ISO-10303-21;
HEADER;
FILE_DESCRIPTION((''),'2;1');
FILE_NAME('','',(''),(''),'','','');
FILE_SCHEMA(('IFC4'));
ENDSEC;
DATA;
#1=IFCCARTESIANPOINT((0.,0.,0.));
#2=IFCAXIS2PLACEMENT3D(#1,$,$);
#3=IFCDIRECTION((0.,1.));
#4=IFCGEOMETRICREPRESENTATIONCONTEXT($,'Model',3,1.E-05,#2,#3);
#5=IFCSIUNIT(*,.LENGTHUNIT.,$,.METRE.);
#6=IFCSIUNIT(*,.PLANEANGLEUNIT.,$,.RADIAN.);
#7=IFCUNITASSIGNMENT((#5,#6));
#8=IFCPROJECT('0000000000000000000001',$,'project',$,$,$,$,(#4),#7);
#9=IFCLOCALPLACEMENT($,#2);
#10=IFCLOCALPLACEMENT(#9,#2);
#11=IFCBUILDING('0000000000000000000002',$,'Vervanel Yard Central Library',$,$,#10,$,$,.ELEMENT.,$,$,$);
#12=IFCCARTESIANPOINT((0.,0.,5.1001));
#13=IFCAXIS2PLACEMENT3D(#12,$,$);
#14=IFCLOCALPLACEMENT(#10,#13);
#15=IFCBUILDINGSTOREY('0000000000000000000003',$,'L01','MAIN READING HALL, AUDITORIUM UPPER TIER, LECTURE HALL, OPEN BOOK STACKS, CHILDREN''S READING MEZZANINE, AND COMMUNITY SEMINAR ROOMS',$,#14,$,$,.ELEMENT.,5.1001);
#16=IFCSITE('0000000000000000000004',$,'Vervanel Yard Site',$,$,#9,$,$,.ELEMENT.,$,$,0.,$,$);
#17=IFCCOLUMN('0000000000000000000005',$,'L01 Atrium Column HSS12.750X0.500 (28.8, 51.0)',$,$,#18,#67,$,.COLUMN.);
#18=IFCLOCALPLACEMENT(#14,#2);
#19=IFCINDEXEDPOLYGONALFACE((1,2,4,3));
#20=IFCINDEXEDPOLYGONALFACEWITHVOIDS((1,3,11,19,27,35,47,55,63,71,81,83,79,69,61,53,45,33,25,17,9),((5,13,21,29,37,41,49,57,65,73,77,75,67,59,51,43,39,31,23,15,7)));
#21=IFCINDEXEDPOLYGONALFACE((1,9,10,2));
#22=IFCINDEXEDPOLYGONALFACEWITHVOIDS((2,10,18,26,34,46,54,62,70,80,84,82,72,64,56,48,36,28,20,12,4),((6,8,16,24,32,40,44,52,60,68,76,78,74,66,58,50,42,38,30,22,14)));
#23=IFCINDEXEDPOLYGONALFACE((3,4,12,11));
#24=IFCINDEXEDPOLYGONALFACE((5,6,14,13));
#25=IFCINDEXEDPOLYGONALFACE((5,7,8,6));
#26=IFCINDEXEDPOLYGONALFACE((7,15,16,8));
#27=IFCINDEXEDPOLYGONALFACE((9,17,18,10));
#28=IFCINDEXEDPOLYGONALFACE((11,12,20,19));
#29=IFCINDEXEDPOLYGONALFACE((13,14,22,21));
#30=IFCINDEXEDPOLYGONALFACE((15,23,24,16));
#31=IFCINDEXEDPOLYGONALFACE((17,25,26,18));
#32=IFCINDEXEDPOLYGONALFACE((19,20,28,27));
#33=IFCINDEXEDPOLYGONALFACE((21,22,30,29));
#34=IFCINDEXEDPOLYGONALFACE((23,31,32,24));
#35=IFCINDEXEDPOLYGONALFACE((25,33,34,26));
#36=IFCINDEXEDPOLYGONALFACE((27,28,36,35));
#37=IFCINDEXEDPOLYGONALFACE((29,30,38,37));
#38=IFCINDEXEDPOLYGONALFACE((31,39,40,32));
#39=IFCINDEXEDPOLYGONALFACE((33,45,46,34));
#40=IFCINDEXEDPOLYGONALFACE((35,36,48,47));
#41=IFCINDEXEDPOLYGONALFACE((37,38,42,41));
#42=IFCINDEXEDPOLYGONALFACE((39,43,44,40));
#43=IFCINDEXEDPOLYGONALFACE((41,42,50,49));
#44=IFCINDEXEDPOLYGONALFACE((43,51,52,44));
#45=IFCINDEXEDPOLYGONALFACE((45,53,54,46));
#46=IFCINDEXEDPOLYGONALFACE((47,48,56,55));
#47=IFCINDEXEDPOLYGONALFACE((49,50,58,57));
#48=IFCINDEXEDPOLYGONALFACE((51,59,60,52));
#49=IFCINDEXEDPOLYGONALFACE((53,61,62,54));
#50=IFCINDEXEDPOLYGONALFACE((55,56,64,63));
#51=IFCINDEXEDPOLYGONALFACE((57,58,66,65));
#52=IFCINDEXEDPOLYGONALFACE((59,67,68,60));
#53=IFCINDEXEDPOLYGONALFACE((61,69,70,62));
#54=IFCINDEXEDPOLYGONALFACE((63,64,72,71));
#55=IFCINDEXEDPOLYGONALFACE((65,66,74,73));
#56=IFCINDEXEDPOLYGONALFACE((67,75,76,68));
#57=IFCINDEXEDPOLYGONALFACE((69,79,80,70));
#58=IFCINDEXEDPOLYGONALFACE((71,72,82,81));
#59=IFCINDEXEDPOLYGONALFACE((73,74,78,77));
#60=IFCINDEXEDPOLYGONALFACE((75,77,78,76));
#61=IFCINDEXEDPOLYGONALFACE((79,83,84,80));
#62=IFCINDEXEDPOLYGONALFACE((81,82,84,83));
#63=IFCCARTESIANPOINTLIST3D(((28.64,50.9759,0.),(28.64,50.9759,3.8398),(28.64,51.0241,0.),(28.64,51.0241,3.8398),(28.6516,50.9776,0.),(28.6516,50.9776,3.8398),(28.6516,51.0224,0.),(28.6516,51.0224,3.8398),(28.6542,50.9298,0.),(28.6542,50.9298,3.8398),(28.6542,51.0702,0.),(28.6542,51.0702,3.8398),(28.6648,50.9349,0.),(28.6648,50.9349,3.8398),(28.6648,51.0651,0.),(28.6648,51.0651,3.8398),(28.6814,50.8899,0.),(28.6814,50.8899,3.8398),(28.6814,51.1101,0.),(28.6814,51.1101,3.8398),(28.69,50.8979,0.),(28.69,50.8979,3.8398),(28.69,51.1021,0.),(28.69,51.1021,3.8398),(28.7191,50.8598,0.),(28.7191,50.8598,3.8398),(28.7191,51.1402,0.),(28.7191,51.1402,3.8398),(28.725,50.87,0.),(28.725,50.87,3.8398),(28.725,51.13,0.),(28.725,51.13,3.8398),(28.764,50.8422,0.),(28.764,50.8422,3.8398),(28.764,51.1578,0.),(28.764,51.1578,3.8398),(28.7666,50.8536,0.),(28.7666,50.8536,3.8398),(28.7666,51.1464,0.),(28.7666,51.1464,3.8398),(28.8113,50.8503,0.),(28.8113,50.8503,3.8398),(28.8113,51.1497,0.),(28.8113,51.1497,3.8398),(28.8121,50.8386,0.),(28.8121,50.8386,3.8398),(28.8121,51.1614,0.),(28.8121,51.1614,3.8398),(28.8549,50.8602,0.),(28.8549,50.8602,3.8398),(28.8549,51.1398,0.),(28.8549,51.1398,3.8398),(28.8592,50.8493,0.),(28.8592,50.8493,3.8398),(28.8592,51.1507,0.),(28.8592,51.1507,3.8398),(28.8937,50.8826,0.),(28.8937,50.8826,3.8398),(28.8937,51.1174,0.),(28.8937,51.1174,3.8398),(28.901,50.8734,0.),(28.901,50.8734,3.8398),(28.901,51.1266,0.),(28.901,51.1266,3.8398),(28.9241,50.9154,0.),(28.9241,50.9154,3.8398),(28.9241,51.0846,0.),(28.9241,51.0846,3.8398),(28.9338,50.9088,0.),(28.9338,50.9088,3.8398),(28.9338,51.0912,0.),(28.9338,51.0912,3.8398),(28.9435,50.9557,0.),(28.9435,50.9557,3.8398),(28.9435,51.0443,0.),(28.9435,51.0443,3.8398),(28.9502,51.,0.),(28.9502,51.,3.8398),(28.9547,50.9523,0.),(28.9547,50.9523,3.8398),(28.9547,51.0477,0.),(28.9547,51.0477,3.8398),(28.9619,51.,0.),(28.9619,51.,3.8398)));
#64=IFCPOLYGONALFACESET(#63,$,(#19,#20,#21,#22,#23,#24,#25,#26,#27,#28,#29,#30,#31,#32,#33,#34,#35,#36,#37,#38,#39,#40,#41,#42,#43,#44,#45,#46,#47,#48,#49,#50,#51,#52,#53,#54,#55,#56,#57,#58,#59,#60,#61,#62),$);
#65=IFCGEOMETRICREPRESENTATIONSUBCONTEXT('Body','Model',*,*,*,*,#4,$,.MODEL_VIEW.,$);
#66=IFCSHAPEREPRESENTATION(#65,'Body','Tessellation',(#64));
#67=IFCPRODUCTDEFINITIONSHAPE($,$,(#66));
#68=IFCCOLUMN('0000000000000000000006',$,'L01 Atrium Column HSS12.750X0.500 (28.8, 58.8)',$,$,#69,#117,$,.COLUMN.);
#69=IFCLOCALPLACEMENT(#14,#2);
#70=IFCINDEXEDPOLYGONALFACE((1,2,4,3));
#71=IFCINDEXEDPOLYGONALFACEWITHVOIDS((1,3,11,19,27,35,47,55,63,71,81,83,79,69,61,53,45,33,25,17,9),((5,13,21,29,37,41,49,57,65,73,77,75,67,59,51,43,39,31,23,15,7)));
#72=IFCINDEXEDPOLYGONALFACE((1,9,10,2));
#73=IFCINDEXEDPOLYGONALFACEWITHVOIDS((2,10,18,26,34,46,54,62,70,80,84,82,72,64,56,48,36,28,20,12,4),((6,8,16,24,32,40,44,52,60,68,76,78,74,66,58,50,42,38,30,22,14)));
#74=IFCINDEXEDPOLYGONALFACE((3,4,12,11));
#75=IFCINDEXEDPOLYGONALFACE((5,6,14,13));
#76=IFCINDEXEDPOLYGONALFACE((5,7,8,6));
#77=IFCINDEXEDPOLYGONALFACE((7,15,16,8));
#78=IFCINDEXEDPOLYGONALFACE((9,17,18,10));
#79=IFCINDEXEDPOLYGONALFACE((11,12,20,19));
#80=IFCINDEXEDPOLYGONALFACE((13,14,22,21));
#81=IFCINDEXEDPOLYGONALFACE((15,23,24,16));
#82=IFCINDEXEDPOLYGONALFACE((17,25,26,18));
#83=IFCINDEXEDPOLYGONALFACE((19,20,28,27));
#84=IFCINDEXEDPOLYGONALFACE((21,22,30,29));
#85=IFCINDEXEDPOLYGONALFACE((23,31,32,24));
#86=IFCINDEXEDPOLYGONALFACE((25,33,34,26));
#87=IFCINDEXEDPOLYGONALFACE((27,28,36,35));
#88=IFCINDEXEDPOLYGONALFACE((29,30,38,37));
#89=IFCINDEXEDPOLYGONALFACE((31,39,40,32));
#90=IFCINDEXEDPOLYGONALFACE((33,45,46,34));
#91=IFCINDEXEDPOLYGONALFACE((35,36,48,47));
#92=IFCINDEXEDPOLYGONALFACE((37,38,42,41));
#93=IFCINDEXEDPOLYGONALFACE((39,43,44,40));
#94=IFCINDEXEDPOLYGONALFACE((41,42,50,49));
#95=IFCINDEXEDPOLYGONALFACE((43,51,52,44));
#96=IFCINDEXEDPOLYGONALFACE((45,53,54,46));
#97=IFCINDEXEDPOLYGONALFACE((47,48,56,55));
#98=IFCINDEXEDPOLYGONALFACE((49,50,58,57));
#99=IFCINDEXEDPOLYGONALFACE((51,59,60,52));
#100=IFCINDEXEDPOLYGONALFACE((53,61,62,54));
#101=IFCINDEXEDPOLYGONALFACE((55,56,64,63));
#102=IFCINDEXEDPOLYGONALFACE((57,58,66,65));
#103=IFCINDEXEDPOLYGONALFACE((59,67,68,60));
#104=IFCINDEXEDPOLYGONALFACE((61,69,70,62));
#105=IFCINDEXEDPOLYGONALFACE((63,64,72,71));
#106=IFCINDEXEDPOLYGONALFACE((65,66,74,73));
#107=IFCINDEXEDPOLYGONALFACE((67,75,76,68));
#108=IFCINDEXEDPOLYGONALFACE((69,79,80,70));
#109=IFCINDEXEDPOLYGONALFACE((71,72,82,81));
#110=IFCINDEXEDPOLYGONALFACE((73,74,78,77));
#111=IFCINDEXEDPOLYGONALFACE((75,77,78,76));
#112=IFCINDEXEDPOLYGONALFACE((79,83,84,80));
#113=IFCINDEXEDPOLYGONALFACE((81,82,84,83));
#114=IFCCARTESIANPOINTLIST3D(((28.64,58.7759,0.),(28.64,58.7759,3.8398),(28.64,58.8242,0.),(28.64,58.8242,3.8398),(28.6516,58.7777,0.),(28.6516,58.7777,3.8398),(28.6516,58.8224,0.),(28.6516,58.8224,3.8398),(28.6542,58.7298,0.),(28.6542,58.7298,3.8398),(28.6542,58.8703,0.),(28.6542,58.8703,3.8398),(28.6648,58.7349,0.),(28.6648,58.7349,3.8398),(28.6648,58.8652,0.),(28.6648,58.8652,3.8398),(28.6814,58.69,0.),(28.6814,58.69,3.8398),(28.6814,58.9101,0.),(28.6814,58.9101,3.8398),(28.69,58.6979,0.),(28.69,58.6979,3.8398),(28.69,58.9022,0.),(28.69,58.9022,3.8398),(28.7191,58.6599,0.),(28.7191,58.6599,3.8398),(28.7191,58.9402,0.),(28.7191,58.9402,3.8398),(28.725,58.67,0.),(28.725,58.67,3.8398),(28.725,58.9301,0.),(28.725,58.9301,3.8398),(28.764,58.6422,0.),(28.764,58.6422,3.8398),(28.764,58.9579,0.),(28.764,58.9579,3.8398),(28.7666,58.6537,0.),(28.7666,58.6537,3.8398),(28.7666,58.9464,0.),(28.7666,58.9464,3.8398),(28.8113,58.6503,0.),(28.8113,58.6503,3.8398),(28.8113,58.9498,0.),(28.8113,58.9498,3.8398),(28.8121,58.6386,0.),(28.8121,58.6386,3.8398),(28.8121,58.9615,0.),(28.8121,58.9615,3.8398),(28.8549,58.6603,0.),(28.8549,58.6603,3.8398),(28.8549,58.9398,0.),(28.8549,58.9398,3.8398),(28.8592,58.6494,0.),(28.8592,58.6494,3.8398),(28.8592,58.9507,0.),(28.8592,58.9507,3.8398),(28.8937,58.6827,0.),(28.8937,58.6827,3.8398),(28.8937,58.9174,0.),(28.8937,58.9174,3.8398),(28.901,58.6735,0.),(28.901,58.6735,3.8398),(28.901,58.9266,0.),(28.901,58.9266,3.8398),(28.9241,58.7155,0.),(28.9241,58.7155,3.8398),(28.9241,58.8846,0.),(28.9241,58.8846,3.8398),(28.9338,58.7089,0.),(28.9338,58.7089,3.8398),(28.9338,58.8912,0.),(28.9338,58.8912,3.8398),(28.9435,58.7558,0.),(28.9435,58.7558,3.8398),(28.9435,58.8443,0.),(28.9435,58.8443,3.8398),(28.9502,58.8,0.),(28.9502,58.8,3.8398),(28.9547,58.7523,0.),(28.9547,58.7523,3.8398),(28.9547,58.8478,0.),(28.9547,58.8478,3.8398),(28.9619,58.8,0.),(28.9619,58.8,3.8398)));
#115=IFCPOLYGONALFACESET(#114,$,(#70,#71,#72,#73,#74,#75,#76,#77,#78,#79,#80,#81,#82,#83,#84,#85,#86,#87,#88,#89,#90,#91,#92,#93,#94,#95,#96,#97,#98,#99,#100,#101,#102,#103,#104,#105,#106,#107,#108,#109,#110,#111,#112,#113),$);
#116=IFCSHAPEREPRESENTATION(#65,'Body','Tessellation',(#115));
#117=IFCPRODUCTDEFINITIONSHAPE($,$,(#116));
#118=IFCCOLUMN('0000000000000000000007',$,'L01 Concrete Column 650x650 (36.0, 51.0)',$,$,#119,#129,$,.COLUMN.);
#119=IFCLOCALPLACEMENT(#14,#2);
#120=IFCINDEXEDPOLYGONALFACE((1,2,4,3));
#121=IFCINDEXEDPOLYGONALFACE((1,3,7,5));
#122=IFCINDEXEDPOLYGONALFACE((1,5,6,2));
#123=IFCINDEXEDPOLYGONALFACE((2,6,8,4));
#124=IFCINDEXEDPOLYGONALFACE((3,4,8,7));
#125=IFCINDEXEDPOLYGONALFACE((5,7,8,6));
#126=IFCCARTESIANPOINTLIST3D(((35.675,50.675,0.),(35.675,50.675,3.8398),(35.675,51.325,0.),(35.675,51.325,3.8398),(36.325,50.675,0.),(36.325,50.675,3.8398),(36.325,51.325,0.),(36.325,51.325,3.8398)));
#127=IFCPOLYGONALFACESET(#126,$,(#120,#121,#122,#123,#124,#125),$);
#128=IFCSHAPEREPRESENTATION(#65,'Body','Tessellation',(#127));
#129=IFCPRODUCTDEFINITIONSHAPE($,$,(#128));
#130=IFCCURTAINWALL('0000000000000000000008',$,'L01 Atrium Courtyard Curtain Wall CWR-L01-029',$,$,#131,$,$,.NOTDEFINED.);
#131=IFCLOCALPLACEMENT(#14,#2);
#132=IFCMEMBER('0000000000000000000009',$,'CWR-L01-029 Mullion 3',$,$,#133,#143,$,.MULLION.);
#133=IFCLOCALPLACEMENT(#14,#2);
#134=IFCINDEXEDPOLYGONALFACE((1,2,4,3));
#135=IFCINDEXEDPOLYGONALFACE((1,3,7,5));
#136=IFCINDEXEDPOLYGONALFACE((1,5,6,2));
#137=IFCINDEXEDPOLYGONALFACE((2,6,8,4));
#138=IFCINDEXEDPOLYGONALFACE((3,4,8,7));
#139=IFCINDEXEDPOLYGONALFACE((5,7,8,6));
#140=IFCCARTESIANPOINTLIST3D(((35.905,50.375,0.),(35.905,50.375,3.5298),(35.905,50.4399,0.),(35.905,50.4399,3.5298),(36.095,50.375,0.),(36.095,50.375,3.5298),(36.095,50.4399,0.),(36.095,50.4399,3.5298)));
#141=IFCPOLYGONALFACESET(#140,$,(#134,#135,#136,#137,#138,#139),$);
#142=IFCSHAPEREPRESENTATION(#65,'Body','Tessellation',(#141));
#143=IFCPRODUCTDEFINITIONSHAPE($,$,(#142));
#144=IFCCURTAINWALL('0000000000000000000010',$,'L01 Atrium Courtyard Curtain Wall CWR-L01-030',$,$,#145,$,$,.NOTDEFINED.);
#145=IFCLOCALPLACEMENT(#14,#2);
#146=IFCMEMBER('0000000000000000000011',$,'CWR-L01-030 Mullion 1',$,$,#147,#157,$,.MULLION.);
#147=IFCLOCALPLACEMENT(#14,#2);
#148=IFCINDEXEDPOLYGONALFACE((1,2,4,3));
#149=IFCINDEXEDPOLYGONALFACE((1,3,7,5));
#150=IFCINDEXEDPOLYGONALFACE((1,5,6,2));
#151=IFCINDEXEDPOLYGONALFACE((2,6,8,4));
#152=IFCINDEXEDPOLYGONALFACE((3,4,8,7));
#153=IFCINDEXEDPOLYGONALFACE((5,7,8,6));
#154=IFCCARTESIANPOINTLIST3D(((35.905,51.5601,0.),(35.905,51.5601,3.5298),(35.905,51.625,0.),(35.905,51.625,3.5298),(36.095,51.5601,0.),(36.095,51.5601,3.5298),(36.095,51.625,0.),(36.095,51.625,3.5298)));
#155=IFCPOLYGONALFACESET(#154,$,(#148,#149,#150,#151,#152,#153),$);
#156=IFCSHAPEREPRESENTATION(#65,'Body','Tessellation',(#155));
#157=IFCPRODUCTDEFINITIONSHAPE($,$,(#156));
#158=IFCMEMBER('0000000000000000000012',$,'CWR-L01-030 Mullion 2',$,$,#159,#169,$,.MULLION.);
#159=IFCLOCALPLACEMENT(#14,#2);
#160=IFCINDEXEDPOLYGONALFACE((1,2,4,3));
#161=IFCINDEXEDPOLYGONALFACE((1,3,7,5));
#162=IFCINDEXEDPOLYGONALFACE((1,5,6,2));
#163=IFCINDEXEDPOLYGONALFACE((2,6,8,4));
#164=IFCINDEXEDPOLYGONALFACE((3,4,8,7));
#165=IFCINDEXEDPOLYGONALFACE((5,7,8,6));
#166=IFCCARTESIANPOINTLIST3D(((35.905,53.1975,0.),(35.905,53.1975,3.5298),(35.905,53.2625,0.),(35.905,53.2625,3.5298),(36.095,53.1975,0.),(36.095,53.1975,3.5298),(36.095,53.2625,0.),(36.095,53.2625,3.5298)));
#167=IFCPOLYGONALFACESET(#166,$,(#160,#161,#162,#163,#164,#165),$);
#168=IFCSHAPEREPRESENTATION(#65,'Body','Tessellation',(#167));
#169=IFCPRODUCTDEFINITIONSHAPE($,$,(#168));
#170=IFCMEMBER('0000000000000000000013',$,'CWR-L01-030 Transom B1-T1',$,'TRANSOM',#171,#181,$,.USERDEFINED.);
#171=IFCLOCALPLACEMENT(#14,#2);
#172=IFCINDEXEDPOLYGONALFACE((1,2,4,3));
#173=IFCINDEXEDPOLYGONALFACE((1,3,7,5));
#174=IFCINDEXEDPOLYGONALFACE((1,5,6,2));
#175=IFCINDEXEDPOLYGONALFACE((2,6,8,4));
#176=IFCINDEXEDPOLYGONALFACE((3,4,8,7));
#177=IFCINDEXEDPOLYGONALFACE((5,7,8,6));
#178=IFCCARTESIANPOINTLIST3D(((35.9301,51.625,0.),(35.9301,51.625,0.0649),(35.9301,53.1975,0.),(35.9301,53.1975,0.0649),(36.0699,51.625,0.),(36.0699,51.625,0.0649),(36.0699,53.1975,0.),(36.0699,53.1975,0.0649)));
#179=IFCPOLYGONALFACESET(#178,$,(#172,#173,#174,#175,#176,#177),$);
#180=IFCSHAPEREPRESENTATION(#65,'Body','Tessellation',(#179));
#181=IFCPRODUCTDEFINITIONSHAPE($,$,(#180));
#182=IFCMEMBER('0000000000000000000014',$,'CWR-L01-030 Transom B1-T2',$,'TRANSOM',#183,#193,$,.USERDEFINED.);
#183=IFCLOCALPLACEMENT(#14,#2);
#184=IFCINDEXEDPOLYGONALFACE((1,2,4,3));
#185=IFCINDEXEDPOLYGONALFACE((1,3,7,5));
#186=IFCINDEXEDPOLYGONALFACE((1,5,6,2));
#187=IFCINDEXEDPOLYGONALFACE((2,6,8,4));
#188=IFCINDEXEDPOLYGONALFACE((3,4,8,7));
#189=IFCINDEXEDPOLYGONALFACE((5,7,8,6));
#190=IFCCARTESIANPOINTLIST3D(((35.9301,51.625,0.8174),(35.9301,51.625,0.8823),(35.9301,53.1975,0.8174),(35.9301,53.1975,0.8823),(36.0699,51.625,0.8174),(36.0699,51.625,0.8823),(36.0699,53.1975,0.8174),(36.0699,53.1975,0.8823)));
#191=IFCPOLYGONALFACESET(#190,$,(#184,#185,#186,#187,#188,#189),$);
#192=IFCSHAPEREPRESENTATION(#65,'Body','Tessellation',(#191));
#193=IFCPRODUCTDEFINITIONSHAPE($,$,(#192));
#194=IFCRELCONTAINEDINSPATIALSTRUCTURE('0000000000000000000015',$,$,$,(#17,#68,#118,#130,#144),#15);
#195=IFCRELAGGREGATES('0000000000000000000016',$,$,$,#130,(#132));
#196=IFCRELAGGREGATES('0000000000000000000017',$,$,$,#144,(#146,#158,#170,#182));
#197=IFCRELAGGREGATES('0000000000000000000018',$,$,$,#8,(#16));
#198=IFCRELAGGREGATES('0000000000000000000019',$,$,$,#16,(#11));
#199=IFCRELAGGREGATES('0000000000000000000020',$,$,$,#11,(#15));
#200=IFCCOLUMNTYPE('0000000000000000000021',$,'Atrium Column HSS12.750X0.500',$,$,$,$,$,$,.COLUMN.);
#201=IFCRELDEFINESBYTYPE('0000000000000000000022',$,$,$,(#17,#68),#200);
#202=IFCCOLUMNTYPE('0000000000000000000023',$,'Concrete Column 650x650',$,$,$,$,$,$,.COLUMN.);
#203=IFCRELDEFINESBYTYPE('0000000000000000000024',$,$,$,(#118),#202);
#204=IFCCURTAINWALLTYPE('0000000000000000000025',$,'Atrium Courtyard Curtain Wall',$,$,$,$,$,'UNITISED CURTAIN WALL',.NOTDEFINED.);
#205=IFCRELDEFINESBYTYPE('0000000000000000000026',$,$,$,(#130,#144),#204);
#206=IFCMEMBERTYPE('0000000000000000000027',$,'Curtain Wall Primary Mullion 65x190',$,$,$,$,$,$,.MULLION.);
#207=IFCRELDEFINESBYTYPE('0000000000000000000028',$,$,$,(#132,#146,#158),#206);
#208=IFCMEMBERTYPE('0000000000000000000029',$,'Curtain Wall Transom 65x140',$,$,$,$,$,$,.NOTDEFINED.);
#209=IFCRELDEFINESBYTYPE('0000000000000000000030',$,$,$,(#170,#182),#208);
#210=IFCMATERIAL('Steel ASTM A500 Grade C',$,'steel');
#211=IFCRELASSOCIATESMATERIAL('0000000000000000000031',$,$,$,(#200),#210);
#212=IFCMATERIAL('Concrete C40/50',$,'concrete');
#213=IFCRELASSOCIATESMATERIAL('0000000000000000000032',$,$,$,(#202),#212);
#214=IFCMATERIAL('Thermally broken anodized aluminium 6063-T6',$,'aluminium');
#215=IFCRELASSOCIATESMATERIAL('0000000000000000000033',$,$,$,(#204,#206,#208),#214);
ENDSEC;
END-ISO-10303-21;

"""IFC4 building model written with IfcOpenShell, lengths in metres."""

from ifc_helpers import new_model, si_unit, direction, frame, origin, origin_2d, place, context, subcontext, project, spatial, rectangle, hollow_circle, extrude, material, material_profile, profile_set, type_object, element, aggregate, save


model = new_model("IFC4")

# Units and contexts
model_context = context("Model", 3, precision=1e-05, world=origin(), true_north=direction((0.0, 1.0)))
body_context = subcontext(model_context, "Body", "Model", "MODEL_VIEW")
ifc_project = project(units=[si_unit("LENGTHUNIT", "METRE"), si_unit("PLANEANGLEUNIT", "RADIAN")], contexts=[model_context])

# Site, building, storey
site_placement = place(None, origin())
site = spatial("IfcSite", under=ifc_project, at=site_placement, Name="Vervanel Yard Site", CompositionType="ELEMENT", RefElevation=0.0)
building_placement = place(site_placement, origin())
building = spatial("IfcBuilding", under=site, at=building_placement, Name="Vervanel Yard Central Library", CompositionType="ELEMENT")
storey_placement = place(building_placement, frame((0.0, 0.0, 5.1001)))
storey = spatial("IfcBuildingStorey", under=building, at=storey_placement, Name="L01", Description="MAIN READING HALL, AUDITORIUM UPPER TIER, LECTURE HALL, OPEN BOOK STACKS, CHILDREN'S READING MEZZANINE, AND COMMUNITY SEMINAR ROOMS", CompositionType="ELEMENT", Elevation=5.1001)

# Columns
ifc_material_1 = material(Name="Steel ASTM A500 Grade C", Category="steel")
ifc_material_profile_1 = material_profile(ifc_material_1, hollow_circle(Radius=0.1619, WallThickness=0.0117, at=origin_2d()), Name="HSS12.750X0.500", Category="steel")
ifc_profile_set_1 = profile_set([ifc_material_profile_1], Name="Steel ASTM A500 Grade C")
column_type_1 = type_object("IfcColumnType", Name="Atrium Column HSS12.750X0.500", PredefinedType="COLUMN", material=ifc_profile_set_1)
for number, where, z_axis, x_axis, name in (
    (1, (28.8, 51.0, 0.0), (0.0, 0.0, 1.0), (1.0, 0.0, 0.0), "L01 Atrium Column HSS12.750X0.500 (28.8, 51.0)"),
    (2, (28.8, 58.8, 0.0), (0.0, 0.0, 1.0), (1.0, 0.0, 0.0), "L01 Atrium Column HSS12.750X0.500 (28.8, 58.8)"),
):
    element("IfcColumn", number, at=place(storey_placement, frame(where, z_axis=z_axis, x_axis=x_axis)), inside=storey, type_object=column_type_1, Name=name, PredefinedType="COLUMN", context=body_context, shape_type="SweptSolid", body=[
        extrude(hollow_circle(Radius=0.1619, WallThickness=0.0117, at=origin_2d()), origin(), (0.0, 0.0, 1.0), 3.8398),
    ])
ifc_material_2 = material(Name="Concrete C40/50", Category="concrete")
ifc_material_profile_2 = material_profile(ifc_material_2, rectangle(XDim=0.6499, YDim=0.6499, at=origin_2d()), Name="RC 650x650", Category="concrete")
ifc_profile_set_2 = profile_set([ifc_material_profile_2], Name="Concrete C40/50")
column_type_2 = type_object("IfcColumnType", Name="Concrete Column 650x650", PredefinedType="COLUMN", material=ifc_profile_set_2)
column_placement = place(storey_placement, frame((36.0, 51.0, 0.0), z_axis=(0.0, 0.0, 1.0), x_axis=(1.0, 0.0, 0.0)))
element("IfcColumn", 3, at=column_placement, inside=storey, type_object=column_type_2, Name="L01 Concrete Column 650x650 (36.0, 51.0)", PredefinedType="COLUMN", context=body_context, shape_type="SweptSolid", body=[
    extrude(rectangle(XDim=0.6499, YDim=0.6499, at=origin_2d()), origin(), (0.0, 0.0, 1.0), 3.8398),
])

# Curtain wall, member
ifc_material_3 = material(Name="Thermally broken anodized aluminium 6063-T6", Category="aluminium")
curtain_wall_type = type_object("IfcCurtainWallType", Name="Atrium Courtyard Curtain Wall", ElementType="UNITISED CURTAIN WALL", PredefinedType="NOTDEFINED", material=ifc_material_3)
curtain_wall_1_placement = place(storey_placement, origin())
curtain_wall_1 = element("IfcCurtainWall", 4, at=curtain_wall_1_placement, inside=storey, type_object=curtain_wall_type, Name="L01 Atrium Courtyard Curtain Wall CWR-L01-029", PredefinedType="NOTDEFINED")
ifc_material_profile_3 = material_profile(ifc_material_3, rectangle(XDim=0.0649, YDim=0.1899, at=origin_2d()), Name="ALU 65x190", Category="aluminium")
ifc_profile_set_3 = profile_set([ifc_material_profile_3], Name="Thermally broken anodized aluminium 6063-T6")
member_type_1 = type_object("IfcMemberType", Name="Curtain Wall Primary Mullion 65x190", PredefinedType="MULLION", material=ifc_profile_set_3)
member_1_placement = place(storey_placement, frame((36.0, 50.4075, 0.0), z_axis=(0.0, 0.0, 1.0), x_axis=(0.0, 1.0, 0.0)))
member_1 = element("IfcMember", 5, at=member_1_placement, type_object=member_type_1, Name="CWR-L01-029 Mullion 3", PredefinedType="MULLION", context=body_context, shape_type="SweptSolid", body=[
    extrude(rectangle(XDim=0.0649, YDim=0.1899, at=origin_2d()), origin(), (0.0, 0.0, 1.0), 3.5298),
])

# Curtain wall, members
curtain_wall_2_placement = place(storey_placement, origin())
curtain_wall_2 = element("IfcCurtainWall", 6, at=curtain_wall_2_placement, inside=storey, type_object=curtain_wall_type, Name="L01 Atrium Courtyard Curtain Wall CWR-L01-030", PredefinedType="NOTDEFINED")
member_2_placement = place(storey_placement, frame((36.0, 51.5925, 0.0), z_axis=(0.0, 0.0, 1.0), x_axis=(0.0, 1.0, 0.0)))
member_2 = element("IfcMember", 7, at=member_2_placement, type_object=member_type_1, Name="CWR-L01-030 Mullion 1", PredefinedType="MULLION", context=body_context, shape_type="SweptSolid", body=[
    extrude(rectangle(XDim=0.0649, YDim=0.1899, at=origin_2d()), origin(), (0.0, 0.0, 1.0), 3.5298),
])
member_3_placement = place(storey_placement, frame((36.0, 53.23, 0.0), z_axis=(0.0, 0.0, 1.0), x_axis=(0.0, 1.0, 0.0)))
member_3 = element("IfcMember", 8, at=member_3_placement, type_object=member_type_1, Name="CWR-L01-030 Mullion 2", PredefinedType="MULLION", context=body_context, shape_type="SweptSolid", body=[
    extrude(rectangle(XDim=0.0649, YDim=0.1899, at=origin_2d()), origin(), (0.0, 0.0, 1.0), 3.5298),
])
ifc_material_profile_4 = material_profile(ifc_material_3, rectangle(XDim=0.0649, YDim=0.1399, at=origin_2d()), Name="ALU 65x140", Category="aluminium")
ifc_profile_set_4 = profile_set([ifc_material_profile_4], Name="Thermally broken anodized aluminium 6063-T6")
member_type_2 = type_object("IfcMemberType", Name="Curtain Wall Transom 65x140", PredefinedType="NOTDEFINED", material=ifc_profile_set_4)
member_4_placement = place(storey_placement, frame((36.0, 51.625, 0.0325), z_axis=(0.0, 1.0, 0.0), x_axis=(0.0, 0.0, 1.0)))
member_4 = element("IfcMember", 9, at=member_4_placement, type_object=member_type_2, Name="CWR-L01-030 Transom B1-T1", ObjectType="TRANSOM", PredefinedType="USERDEFINED", context=body_context, shape_type="SweptSolid", body=[
    extrude(rectangle(XDim=0.0649, YDim=0.1399, at=origin_2d()), origin(), (0.0, 0.0, 1.0), 1.5725),
])
member_5_placement = place(storey_placement, frame((36.0, 51.625, 0.8499), z_axis=(0.0, 1.0, 0.0), x_axis=(0.0, 0.0, 1.0)))
member_5 = element("IfcMember", 10, at=member_5_placement, type_object=member_type_2, Name="CWR-L01-030 Transom B1-T2", ObjectType="TRANSOM", PredefinedType="USERDEFINED", context=body_context, shape_type="SweptSolid", body=[
    extrude(rectangle(XDim=0.0649, YDim=0.1399, at=origin_2d()), origin(), (0.0, 0.0, 1.0), 1.5725),
])

aggregate(curtain_wall_1, [member_1])
aggregate(curtain_wall_2, [member_2, member_3, member_4, member_5])

save(model, "model.ifc")
